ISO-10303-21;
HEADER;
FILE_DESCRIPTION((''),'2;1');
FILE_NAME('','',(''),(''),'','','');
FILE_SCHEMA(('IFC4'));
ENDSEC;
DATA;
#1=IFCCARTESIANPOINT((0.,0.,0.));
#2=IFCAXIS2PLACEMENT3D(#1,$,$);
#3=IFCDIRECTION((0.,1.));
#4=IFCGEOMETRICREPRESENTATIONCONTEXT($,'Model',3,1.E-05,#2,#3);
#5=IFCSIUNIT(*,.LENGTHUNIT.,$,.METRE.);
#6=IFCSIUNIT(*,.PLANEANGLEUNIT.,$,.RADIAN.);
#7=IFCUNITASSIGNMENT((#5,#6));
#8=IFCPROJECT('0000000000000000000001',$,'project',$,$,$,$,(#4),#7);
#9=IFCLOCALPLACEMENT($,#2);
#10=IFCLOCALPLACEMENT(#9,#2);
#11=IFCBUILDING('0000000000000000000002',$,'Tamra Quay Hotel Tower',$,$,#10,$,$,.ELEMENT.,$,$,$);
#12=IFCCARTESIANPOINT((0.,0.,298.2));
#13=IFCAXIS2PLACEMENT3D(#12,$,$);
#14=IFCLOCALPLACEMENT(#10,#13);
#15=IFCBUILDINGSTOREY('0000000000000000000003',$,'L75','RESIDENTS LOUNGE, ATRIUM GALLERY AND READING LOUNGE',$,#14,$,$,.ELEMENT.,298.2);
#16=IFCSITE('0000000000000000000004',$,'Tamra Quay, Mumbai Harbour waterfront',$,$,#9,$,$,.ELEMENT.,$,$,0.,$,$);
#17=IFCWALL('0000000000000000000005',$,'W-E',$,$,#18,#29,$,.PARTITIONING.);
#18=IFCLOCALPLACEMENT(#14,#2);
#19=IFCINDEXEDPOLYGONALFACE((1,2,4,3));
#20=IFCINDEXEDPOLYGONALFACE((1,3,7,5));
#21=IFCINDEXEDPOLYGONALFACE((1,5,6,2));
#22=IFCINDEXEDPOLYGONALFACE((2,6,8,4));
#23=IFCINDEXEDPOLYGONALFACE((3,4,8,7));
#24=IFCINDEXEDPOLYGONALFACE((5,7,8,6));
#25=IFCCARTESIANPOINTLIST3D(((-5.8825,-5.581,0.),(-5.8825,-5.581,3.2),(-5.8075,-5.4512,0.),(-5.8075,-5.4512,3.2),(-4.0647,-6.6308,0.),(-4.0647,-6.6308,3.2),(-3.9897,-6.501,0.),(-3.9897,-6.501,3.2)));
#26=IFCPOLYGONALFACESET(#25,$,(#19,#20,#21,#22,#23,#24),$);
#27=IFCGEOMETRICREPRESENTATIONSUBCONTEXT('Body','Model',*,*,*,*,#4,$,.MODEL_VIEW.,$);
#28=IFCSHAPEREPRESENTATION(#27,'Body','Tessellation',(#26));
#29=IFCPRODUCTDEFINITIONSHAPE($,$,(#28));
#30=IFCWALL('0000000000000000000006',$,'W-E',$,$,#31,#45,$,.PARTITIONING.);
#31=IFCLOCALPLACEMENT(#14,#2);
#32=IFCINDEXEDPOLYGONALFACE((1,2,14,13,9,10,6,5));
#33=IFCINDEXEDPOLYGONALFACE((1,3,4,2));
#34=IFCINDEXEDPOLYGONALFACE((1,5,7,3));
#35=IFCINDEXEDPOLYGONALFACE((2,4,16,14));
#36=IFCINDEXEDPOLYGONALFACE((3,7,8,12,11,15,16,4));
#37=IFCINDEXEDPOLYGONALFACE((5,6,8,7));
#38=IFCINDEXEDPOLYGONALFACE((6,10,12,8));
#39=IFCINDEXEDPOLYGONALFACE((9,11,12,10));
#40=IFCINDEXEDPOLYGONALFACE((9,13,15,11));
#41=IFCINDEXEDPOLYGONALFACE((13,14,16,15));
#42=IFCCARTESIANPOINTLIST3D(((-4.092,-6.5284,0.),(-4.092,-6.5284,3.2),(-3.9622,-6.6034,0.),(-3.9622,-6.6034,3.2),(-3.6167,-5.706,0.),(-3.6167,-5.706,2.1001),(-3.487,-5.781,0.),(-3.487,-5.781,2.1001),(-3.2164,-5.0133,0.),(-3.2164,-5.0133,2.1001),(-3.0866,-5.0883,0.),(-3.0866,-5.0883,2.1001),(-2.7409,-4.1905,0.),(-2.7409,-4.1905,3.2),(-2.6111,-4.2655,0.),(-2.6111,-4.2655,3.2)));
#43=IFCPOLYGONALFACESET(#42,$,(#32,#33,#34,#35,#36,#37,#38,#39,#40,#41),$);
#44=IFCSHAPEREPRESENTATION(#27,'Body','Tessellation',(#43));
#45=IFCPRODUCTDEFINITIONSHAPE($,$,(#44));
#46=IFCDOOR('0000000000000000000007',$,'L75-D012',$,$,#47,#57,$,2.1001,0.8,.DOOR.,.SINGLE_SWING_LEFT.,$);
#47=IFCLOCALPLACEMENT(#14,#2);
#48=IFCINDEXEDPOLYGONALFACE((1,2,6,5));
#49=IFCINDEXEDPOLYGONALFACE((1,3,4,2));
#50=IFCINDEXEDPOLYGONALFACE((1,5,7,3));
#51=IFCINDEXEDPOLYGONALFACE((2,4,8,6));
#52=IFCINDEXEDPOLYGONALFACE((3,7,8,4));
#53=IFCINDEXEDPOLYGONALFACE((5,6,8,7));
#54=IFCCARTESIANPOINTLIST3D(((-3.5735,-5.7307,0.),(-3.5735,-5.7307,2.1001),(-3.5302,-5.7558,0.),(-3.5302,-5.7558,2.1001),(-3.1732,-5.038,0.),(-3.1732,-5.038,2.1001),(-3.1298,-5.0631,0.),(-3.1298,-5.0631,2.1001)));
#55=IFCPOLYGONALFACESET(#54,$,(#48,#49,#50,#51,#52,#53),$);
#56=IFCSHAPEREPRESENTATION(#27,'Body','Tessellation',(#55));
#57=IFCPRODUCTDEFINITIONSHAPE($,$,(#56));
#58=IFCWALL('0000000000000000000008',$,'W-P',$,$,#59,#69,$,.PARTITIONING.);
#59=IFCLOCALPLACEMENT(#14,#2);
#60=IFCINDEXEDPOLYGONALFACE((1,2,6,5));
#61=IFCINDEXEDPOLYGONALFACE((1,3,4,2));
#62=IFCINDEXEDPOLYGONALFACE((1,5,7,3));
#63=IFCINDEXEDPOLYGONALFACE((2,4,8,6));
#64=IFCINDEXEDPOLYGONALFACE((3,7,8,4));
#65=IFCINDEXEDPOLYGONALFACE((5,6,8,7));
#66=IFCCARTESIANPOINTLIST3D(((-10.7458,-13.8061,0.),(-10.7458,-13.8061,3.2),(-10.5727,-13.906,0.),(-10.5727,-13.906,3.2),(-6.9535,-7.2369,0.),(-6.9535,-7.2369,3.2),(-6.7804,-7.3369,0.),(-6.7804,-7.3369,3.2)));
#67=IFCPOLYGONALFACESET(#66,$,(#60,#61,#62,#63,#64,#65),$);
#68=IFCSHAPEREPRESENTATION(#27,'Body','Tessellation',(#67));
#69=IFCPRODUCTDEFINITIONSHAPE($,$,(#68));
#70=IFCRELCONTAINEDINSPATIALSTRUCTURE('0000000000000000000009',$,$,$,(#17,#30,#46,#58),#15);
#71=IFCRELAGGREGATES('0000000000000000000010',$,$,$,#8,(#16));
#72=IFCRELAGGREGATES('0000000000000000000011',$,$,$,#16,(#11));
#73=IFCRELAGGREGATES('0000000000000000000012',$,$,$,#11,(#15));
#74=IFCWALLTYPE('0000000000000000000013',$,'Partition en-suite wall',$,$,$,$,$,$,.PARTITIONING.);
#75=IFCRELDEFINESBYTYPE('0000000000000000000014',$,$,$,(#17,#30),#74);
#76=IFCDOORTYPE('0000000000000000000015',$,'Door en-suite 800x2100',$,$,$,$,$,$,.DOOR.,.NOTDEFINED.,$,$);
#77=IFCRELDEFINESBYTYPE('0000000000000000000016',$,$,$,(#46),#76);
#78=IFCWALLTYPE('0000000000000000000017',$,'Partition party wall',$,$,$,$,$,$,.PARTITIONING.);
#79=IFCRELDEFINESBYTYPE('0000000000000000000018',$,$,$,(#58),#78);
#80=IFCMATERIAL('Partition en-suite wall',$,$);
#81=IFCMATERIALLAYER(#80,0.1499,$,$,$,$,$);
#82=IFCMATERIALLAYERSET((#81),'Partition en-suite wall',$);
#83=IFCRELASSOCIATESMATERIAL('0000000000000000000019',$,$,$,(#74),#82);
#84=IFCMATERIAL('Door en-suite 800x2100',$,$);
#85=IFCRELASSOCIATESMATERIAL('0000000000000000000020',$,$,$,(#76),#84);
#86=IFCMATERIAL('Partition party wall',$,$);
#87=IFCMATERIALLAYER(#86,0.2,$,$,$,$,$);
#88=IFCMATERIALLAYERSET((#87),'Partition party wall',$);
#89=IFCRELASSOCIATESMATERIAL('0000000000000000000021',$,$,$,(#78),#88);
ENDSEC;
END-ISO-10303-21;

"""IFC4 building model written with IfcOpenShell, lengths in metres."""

from ifc_helpers import new_model, si_unit, direction, frame, frame_2d, origin, place, context, subcontext, project, spatial, rectangle, extrude, material, layer, layer_set, type_object, element, fill, save


model = new_model("IFC4")

# Units and contexts
model_context = context("Model", 3, precision=1e-05, world=origin(), true_north=direction((0.0, 1.0)))
body_context = subcontext(model_context, "Body", "Model", "MODEL_VIEW")
ifc_project = project(units=[si_unit("LENGTHUNIT", "METRE"), si_unit("PLANEANGLEUNIT", "RADIAN")], contexts=[model_context])

# Site, building, storey
site_placement = place(None, origin())
site = spatial("IfcSite", under=ifc_project, at=site_placement, Name="Tamra Quay, Mumbai Harbour waterfront", CompositionType="ELEMENT", RefElevation=0.0)
building_placement = place(site_placement, origin())
building = spatial("IfcBuilding", under=site, at=building_placement, Name="Tamra Quay Hotel Tower", CompositionType="ELEMENT")
storey_placement = place(building_placement, frame((0.0, 0.0, 298.2)))
storey = spatial("IfcBuildingStorey", under=building, at=storey_placement, Name="L75", Description="RESIDENTS LOUNGE, ATRIUM GALLERY AND READING LOUNGE", CompositionType="ELEMENT", Elevation=298.2)

# Shared definitions
ifc_material_1 = material(Name="Partition en-suite wall")
ifc_layer_1 = layer(ifc_material_1, 0.1499)
ifc_layer_set_1 = layer_set([ifc_layer_1], Name="Partition en-suite wall")
wall_type_1 = type_object("IfcWallType", Name="Partition en-suite wall", PredefinedType="PARTITIONING", material=ifc_layer_set_1)
ifc_material_2 = material(Name="Door en-suite 800x2100")
door_type_1 = type_object("IfcDoorType", Name="Door en-suite 800x2100", OperationType="NOTDEFINED", PredefinedType="DOOR", material=ifc_material_2)

# Wall
wall_1_placement = place(storey_placement, frame((-5.845, -5.5161, 0.0), z_axis=(0.0, 0.0, 1.0), x_axis=(0.865973, -0.500092, 0.0)))
element("IfcWall", 1, at=wall_1_placement, inside=storey, type_object=wall_type_1, Name="W-E", PredefinedType="PARTITIONING", context=body_context, shape_type="SweptSolid", body=[
    extrude(rectangle(XDim=2.0991, YDim=0.1499, at=frame_2d((1.0496, 0.0))), origin(), (0.0, 0.0, 1.0), 3.2),
])

# Wall, opening, door
wall_2_placement = place(storey_placement, frame((-4.0271, -6.5659, 0.0), z_axis=(0.0, 0.0, 1.0), x_axis=(0.500359, 0.865818, 0.0)))
wall_2 = element("IfcWall", 2, at=wall_2_placement, inside=storey, type_object=wall_type_1, Name="W-E", PredefinedType="PARTITIONING", context=body_context, shape_type="SweptSolid", body=[
    extrude(rectangle(XDim=2.7002, YDim=0.1499, at=frame_2d((1.3501, 0.0))), origin(), (0.0, 0.0, 1.0), 3.2),
])
opening_1_placement = place(wall_2_placement, frame((0.95, 0.0, 0.0)))
opening_1 = element("IfcOpeningElement", 3, at=opening_1_placement, cuts=wall_2, PredefinedType="OPENING", context=body_context, shape_type="SweptSolid", body=[
    extrude(rectangle(XDim=0.8, YDim=2.1001, at=frame_2d((0.3999, 1.05))), frame((0.0, 0.085, 0.0), z_axis=(0.0, -1.0, 0.0), x_axis=(1.0, 0.0, 0.0)), (0.0, 0.0, 1.0), 0.1699),
])
door_1_placement = place(opening_1_placement, frame((0.8, 0.0, 0.0), z_axis=(0.0, 0.0, 1.0), x_axis=(-1.0, 0.0, 0.0)))
door_1 = element("IfcDoor", 4, at=door_1_placement, inside=storey, type_object=door_type_1, Name="L75-D012", OperationType="SINGLE_SWING_LEFT", OverallHeight=2.1001, OverallWidth=0.8, PredefinedType="DOOR", context=body_context, shape_type="SweptSolid", body=[
    extrude(rectangle(XDim=0.8, YDim=2.1001, at=frame_2d((0.3999, 1.05))), frame((0.0, 0.0249, 0.0), z_axis=(0.0, -1.0, 0.0), x_axis=(1.0, 0.0, 0.0)), (0.0, 0.0, 1.0), 0.05),
])
fill(opening_1, door_1)

# Wall
ifc_material_3 = material(Name="Partition party wall")
ifc_layer_2 = layer(ifc_material_3, 0.2)
ifc_layer_set_2 = layer_set([ifc_layer_2], Name="Partition party wall")
wall_type_2 = type_object("IfcWallType", Name="Partition party wall", PredefinedType="PARTITIONING", material=ifc_layer_set_2)
wall_3_placement = place(storey_placement, frame((-10.6592, -13.856, 0.0), z_axis=(0.0, 0.0, 1.0), x_axis=(0.499957, 0.86605, 0.0)))
element("IfcWall", 5, at=wall_3_placement, inside=storey, type_object=wall_type_2, Name="W-P", PredefinedType="PARTITIONING", context=body_context, shape_type="SweptSolid", body=[
    extrude(rectangle(XDim=7.5852, YDim=0.2, at=frame_2d((3.7925, 0.0))), origin(), (0.0, 0.0, 1.0), 3.2),
])

save(model, "model.ifc")
